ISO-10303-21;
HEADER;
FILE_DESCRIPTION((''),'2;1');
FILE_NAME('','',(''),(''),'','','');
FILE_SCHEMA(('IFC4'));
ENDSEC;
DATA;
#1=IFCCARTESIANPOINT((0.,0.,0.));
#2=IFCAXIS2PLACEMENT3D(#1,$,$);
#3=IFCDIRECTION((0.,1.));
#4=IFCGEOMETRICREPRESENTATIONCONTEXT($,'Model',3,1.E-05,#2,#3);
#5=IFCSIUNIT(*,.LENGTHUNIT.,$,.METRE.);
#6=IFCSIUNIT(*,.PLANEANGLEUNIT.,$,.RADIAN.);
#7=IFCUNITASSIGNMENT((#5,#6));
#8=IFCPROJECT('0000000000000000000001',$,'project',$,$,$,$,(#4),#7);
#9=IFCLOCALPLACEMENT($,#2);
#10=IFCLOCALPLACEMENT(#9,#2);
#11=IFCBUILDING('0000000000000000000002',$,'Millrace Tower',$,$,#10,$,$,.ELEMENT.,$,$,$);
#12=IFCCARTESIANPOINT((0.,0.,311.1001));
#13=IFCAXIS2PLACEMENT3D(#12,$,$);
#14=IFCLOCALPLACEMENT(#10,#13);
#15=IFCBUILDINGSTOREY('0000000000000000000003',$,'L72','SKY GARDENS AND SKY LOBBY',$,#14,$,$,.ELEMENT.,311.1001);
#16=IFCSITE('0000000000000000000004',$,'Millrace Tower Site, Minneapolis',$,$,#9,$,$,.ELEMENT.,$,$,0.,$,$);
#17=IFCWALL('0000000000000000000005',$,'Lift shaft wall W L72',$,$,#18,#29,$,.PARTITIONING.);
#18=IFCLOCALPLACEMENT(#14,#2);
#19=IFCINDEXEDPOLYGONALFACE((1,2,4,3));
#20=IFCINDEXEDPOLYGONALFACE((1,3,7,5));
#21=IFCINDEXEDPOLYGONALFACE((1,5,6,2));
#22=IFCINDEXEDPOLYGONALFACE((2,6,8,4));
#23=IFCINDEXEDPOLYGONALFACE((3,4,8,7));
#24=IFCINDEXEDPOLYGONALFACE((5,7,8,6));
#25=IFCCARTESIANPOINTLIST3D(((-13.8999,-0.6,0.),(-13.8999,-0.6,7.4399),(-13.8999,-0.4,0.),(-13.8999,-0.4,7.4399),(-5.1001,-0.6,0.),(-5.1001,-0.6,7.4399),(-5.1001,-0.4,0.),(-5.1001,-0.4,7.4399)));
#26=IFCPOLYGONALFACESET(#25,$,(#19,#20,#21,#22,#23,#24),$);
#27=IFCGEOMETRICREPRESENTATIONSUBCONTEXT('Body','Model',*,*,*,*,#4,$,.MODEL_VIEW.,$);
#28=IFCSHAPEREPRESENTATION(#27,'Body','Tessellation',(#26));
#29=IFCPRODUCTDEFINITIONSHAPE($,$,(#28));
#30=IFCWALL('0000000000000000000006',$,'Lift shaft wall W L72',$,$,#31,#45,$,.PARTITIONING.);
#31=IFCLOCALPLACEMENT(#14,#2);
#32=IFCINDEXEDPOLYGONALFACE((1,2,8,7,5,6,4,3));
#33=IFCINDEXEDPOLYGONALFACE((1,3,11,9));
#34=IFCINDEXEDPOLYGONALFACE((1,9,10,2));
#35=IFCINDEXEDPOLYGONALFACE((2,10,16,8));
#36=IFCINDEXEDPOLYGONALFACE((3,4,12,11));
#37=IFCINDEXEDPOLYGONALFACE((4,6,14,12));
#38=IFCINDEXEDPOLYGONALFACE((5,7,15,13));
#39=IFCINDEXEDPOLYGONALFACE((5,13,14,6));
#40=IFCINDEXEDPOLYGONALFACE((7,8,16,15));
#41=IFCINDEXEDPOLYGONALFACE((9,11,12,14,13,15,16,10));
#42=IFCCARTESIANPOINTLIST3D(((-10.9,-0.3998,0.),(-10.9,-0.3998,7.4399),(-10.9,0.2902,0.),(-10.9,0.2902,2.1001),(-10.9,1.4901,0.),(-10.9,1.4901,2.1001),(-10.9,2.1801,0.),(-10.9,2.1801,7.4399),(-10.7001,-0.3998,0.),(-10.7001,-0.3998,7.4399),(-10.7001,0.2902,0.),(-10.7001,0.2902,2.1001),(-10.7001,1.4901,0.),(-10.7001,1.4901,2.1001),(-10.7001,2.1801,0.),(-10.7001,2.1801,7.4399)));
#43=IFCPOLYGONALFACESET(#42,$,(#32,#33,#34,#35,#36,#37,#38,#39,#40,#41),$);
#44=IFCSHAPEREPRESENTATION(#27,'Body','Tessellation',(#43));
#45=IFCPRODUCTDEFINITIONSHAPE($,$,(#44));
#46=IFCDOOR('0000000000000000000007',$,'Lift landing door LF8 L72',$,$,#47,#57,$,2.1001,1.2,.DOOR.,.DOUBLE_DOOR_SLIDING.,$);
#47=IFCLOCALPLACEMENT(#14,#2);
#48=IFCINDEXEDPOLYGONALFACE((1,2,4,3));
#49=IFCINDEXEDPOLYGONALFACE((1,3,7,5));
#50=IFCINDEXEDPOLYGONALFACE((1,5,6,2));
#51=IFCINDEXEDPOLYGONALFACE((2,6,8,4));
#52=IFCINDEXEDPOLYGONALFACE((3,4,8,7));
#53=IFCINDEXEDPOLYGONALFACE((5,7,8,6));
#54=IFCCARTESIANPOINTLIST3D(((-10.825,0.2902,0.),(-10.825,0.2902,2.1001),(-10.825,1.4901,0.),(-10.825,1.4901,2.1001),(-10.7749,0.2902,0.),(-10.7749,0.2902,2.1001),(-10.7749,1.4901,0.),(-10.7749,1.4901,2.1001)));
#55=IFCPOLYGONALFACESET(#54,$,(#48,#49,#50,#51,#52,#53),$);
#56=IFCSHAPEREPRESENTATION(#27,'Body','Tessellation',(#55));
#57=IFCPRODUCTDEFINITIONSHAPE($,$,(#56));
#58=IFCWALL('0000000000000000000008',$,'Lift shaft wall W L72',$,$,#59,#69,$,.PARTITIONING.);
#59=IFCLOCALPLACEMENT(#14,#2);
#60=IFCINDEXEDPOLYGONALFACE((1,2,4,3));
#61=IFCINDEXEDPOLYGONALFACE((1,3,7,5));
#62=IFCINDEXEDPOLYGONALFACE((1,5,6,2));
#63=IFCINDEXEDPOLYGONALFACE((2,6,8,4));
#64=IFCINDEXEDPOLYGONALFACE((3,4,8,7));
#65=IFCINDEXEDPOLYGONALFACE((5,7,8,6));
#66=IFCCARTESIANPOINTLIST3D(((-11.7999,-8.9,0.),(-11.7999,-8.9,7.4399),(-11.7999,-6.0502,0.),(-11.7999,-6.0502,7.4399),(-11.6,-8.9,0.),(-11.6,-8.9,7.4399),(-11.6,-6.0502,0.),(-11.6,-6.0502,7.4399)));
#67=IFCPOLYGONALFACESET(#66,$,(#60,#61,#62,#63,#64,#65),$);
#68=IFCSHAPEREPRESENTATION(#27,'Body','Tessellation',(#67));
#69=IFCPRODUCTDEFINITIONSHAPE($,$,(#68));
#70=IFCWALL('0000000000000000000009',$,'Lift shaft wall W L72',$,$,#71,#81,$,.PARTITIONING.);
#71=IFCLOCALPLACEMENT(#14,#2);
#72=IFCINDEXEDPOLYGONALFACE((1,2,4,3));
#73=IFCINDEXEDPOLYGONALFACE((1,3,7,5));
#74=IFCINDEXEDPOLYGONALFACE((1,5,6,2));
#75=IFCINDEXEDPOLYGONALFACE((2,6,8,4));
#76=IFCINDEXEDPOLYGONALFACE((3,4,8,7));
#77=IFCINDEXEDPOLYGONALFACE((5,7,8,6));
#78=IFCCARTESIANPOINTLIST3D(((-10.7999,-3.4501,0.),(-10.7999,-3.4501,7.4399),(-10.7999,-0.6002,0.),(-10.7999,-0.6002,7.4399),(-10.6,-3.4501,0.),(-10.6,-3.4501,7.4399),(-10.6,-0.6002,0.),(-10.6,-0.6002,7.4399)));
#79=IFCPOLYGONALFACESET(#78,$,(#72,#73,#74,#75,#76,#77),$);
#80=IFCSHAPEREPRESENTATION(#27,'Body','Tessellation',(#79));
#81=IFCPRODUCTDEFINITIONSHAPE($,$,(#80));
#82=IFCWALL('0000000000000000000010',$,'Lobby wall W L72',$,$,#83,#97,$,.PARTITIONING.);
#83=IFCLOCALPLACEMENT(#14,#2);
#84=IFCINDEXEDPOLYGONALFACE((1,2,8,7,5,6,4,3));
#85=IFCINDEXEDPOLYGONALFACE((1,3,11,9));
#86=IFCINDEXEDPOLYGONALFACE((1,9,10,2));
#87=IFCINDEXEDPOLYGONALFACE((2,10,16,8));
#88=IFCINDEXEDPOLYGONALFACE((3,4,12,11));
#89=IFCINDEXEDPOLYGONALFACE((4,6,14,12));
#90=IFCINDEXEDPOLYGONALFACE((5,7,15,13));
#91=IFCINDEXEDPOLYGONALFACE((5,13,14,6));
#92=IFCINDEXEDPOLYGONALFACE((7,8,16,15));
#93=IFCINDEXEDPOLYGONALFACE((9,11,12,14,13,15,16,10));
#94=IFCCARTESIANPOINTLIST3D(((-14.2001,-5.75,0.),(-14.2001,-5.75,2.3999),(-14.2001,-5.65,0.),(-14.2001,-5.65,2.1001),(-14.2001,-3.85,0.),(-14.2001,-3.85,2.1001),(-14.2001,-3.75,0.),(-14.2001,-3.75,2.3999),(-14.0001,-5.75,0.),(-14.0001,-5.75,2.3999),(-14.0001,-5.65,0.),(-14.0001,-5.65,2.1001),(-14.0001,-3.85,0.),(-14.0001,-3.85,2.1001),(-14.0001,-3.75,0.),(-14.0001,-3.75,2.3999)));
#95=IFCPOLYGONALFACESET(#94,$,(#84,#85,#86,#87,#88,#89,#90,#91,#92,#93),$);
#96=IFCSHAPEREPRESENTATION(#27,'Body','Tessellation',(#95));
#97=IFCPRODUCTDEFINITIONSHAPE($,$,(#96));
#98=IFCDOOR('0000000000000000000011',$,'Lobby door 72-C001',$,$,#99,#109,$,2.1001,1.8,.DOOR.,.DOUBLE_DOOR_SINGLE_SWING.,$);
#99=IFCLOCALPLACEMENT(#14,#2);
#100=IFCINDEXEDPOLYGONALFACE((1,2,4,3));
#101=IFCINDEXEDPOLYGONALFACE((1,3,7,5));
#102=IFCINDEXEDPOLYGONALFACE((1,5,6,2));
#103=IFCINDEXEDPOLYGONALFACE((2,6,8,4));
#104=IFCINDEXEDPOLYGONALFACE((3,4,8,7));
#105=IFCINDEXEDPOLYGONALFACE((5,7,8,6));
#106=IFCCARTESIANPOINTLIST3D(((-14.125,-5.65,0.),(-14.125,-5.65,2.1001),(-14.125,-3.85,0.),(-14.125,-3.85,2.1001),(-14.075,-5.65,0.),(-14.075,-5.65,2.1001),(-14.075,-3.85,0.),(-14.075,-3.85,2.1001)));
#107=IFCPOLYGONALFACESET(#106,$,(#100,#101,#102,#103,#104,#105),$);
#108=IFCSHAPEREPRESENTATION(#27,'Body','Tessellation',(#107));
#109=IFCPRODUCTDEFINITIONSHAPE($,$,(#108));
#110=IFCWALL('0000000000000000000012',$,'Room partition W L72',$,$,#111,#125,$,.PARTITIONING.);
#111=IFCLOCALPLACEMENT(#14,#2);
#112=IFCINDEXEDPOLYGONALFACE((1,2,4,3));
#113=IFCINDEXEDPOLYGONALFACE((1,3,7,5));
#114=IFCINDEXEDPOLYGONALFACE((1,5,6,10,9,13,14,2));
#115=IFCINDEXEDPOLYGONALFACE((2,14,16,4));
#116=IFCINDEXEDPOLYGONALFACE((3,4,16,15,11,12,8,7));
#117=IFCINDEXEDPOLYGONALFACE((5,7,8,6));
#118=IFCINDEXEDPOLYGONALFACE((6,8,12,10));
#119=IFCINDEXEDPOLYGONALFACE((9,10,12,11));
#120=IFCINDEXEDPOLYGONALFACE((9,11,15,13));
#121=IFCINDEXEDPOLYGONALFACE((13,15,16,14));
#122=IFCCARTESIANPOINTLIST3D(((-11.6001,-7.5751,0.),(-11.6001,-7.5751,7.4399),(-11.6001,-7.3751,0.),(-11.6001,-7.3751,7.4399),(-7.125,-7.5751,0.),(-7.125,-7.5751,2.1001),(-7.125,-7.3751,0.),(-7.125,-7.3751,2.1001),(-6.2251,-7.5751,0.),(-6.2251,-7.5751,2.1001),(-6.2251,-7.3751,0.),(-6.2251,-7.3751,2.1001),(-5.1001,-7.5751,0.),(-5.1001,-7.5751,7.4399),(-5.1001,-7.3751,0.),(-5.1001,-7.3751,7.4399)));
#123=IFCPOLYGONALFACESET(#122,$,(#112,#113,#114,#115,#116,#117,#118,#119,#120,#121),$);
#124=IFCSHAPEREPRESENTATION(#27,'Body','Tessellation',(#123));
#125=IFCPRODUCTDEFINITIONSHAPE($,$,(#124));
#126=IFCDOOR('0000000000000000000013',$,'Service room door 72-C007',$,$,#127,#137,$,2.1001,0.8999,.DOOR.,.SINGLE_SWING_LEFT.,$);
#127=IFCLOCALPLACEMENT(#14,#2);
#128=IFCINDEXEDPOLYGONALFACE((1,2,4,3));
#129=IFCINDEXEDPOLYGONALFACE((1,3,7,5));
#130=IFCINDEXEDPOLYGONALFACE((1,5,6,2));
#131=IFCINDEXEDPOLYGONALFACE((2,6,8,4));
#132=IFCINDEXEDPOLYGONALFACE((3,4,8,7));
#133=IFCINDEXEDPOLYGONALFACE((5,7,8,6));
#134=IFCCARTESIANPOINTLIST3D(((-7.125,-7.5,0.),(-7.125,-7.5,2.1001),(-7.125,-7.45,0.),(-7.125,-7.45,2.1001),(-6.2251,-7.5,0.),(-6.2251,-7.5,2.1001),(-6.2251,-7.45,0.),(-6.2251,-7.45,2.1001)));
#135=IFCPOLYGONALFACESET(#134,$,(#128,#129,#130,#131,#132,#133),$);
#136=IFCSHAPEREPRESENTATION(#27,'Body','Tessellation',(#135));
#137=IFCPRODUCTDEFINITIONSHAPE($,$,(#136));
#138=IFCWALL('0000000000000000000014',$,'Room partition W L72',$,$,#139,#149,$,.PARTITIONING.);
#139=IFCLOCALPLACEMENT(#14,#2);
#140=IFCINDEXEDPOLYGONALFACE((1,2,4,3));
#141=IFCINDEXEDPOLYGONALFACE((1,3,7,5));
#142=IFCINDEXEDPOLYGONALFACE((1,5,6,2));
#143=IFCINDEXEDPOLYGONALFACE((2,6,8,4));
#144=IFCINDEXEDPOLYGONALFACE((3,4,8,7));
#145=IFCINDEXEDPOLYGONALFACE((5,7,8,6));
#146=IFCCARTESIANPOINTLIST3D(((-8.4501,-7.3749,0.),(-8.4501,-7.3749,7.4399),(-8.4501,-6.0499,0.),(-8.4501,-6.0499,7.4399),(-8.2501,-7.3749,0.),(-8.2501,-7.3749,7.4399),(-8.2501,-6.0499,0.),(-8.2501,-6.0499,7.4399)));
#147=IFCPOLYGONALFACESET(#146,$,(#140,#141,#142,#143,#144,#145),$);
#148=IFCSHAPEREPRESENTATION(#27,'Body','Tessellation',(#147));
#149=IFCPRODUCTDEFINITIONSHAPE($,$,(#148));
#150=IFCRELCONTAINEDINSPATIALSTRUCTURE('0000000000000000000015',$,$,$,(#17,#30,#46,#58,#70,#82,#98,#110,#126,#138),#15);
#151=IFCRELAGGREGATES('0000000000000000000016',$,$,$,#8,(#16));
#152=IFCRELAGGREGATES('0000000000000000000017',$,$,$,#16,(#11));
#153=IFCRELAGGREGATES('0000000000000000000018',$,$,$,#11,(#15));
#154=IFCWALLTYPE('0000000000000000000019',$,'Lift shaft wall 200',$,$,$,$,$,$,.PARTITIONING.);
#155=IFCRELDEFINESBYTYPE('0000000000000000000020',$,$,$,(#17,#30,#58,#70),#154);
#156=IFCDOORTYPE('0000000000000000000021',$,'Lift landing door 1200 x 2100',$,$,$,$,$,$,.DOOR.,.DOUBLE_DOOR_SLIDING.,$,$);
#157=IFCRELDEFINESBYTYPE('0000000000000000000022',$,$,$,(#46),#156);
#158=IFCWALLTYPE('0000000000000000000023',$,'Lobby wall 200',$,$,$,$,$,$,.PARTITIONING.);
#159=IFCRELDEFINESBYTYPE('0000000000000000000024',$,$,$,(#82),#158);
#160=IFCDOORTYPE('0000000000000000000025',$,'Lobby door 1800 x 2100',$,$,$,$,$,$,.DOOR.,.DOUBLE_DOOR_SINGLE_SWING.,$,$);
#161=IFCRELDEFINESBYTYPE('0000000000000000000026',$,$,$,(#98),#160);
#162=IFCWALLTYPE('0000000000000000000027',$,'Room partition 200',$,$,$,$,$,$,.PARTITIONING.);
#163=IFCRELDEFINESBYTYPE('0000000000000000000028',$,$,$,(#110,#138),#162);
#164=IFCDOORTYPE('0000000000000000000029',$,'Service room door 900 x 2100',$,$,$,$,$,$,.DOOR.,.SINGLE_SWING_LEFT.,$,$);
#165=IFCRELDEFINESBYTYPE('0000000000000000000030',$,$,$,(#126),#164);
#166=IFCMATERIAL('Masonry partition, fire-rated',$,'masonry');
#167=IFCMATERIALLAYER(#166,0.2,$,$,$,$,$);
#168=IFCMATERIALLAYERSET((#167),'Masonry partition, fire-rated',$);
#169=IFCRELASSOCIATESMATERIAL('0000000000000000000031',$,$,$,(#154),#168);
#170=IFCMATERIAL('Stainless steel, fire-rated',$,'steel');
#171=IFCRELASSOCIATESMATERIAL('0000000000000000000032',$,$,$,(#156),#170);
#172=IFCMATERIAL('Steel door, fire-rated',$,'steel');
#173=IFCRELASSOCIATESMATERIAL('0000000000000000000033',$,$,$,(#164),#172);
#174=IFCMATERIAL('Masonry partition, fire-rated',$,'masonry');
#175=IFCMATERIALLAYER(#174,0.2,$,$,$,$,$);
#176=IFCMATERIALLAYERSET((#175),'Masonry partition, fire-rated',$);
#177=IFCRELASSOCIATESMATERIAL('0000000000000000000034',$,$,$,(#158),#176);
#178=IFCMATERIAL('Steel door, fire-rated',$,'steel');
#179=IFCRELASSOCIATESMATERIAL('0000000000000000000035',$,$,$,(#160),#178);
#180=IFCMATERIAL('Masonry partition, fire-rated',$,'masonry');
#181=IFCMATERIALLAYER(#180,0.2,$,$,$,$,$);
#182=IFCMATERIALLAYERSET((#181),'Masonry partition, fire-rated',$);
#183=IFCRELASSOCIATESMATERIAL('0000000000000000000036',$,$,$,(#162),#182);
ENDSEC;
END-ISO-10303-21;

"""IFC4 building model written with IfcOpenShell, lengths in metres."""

from ifc_helpers import new_model, si_unit, direction, frame, frame_2d, origin, place, context, subcontext, project, spatial, rectangle, extrude, material, layer, layer_set, type_object, element, fill, save


model = new_model("IFC4")

# Units and contexts
model_context = context("Model", 3, precision=1e-05, world=origin(), true_north=direction((0.0, 1.0)))
body_context = subcontext(model_context, "Body", "Model", "MODEL_VIEW")
ifc_project = project(units=[si_unit("LENGTHUNIT", "METRE"), si_unit("PLANEANGLEUNIT", "RADIAN")], contexts=[model_context])

# Site, building, storey
site_placement = place(None, origin())
site = spatial("IfcSite", under=ifc_project, at=site_placement, Name="Millrace Tower Site, Minneapolis", CompositionType="ELEMENT", RefElevation=0.0)
building_placement = place(site_placement, origin())
building = spatial("IfcBuilding", under=site, at=building_placement, Name="Millrace Tower", CompositionType="ELEMENT")
storey_placement = place(building_placement, frame((0.0, 0.0, 311.1001)))
storey = spatial("IfcBuildingStorey", under=building, at=storey_placement, Name="L72", Description="SKY GARDENS AND SKY LOBBY", CompositionType="ELEMENT", Elevation=311.1001)

# Shared definitions
ifc_material_1 = material(Name="Masonry partition, fire-rated", Category="masonry")
ifc_layer_1 = layer(ifc_material_1, 0.2)
ifc_layer_set_1 = layer_set([ifc_layer_1], Name="Masonry partition, fire-rated")
wall_type_1 = type_object("IfcWallType", Name="Lift shaft wall 200", PredefinedType="PARTITIONING", material=ifc_layer_set_1)
ifc_material_2 = material(Name="Stainless steel, fire-rated", Category="steel")
door_type_1 = type_object("IfcDoorType", Name="Lift landing door 1200 x 2100", OperationType="DOUBLE_DOOR_SLIDING", PredefinedType="DOOR", material=ifc_material_2)
ifc_material_3 = material(Name="Steel door, fire-rated", Category="steel")
door_type_2 = type_object("IfcDoorType", Name="Service room door 900 x 2100", OperationType="SINGLE_SWING_LEFT", PredefinedType="DOOR", material=ifc_material_3)

# Wall
wall_1_placement = place(storey_placement, frame((-13.8999, -0.5, 0.0), z_axis=(0.0, 0.0, 1.0), x_axis=(1.0, 0.0, 0.0)))
element("IfcWall", 1, at=wall_1_placement, inside=storey, type_object=wall_type_1, Name="Lift shaft wall W L72", PredefinedType="PARTITIONING", context=body_context, shape_type="SweptSolid", body=[
    extrude(rectangle(XDim=8.7998, YDim=0.2, at=frame_2d((4.3999, 0.0))), origin(), (0.0, 0.0, 1.0), 7.4399),
])

# Wall, opening, door
wall_2_placement = place(storey_placement, frame((-10.8, -0.3999, 0.0), z_axis=(0.0, 0.0, 1.0), x_axis=(0.0, 1.0, 0.0)))
wall_2 = element("IfcWall", 2, at=wall_2_placement, inside=storey, type_object=wall_type_1, Name="Lift shaft wall W L72", PredefinedType="PARTITIONING", context=body_context, shape_type="SweptSolid", body=[
    extrude(rectangle(XDim=2.5798, YDim=0.2, at=frame_2d((1.29, 0.0))), origin(), (0.0, 0.0, 1.0), 7.4399),
])
opening_1_placement = place(wall_2_placement, frame((0.6899, 0.0, 0.0)))
opening_1 = element("IfcOpeningElement", 3, at=opening_1_placement, cuts=wall_2, PredefinedType="OPENING", context=body_context, shape_type="SweptSolid", body=[
    extrude(rectangle(XDim=1.2, YDim=2.1001, at=frame_2d((0.6001, 1.05))), frame((0.0, 0.1099, 0.0), z_axis=(0.0, -1.0, 0.0), x_axis=(1.0, 0.0, 0.0)), (0.0, 0.0, 1.0), 0.22),
])
door_1_placement = place(opening_1_placement, origin())
door_1 = element("IfcDoor", 4, at=door_1_placement, inside=storey, type_object=door_type_1, Name="Lift landing door LF8 L72", OperationType="DOUBLE_DOOR_SLIDING", OverallHeight=2.1001, OverallWidth=1.2, PredefinedType="DOOR", context=body_context, shape_type="SweptSolid", body=[
    extrude(rectangle(XDim=1.2, YDim=2.1001, at=frame_2d((0.6001, 1.05))), frame((0.0, 0.0249, 0.0), z_axis=(0.0, -1.0, 0.0), x_axis=(1.0, 0.0, 0.0)), (0.0, 0.0, 1.0), 0.05),
])
fill(opening_1, door_1)

# Walls
for number, where, z_axis, x_axis, name in (
    (5, (-11.7, -8.8999, 0.0), (0.0, 0.0, 1.0), (0.0, 1.0, 0.0), "Lift shaft wall W L72"),
    (6, (-10.7, -3.45, 0.0), (0.0, 0.0, 1.0), (0.0, 1.0, 0.0), "Lift shaft wall W L72"),
):
    element("IfcWall", number, at=place(storey_placement, frame(where, z_axis=z_axis, x_axis=x_axis)), inside=storey, type_object=wall_type_1, Name=name, PredefinedType="PARTITIONING", context=body_context, shape_type="SweptSolid", body=[
        extrude(rectangle(XDim=2.8499, YDim=0.2, at=frame_2d((1.4248, 0.0))), origin(), (0.0, 0.0, 1.0), 7.4399),
    ])

# Walls, openings, doors
ifc_material_4 = material(Name="Masonry partition, fire-rated", Category="masonry")
ifc_layer_2 = layer(ifc_material_4, 0.2)
ifc_layer_set_2 = layer_set([ifc_layer_2], Name="Masonry partition, fire-rated")
wall_type_2 = type_object("IfcWallType", Name="Lobby wall 200", PredefinedType="PARTITIONING", material=ifc_layer_set_2)
wall_3_placement = place(storey_placement, frame((-14.1001, -5.75, 0.0), z_axis=(0.0, 0.0, 1.0), x_axis=(0.0, 1.0, 0.0)))
wall_3 = element("IfcWall", 7, at=wall_3_placement, inside=storey, type_object=wall_type_2, Name="Lobby wall W L72", PredefinedType="PARTITIONING", context=body_context, shape_type="SweptSolid", body=[
    extrude(rectangle(XDim=2.0, YDim=0.2, at=frame_2d((1.0, 0.0))), origin(), (0.0, 0.0, 1.0), 2.3999),
])
opening_2_placement = place(wall_3_placement, frame((0.1001, 0.0, 0.0)))
opening_2 = element("IfcOpeningElement", 8, at=opening_2_placement, cuts=wall_3, PredefinedType="OPENING", context=body_context, shape_type="SweptSolid", body=[
    extrude(rectangle(XDim=1.8, YDim=2.1001, at=frame_2d((0.8999, 1.05))), frame((0.0, 0.1099, 0.0), z_axis=(0.0, -1.0, 0.0), x_axis=(1.0, 0.0, 0.0)), (0.0, 0.0, 1.0), 0.22),
])
ifc_material_5 = material(Name="Steel door, fire-rated", Category="steel")
door_type_3 = type_object("IfcDoorType", Name="Lobby door 1800 x 2100", OperationType="DOUBLE_DOOR_SINGLE_SWING", PredefinedType="DOOR", material=ifc_material_5)
door_2_placement = place(opening_2_placement, origin())
door_2 = element("IfcDoor", 9, at=door_2_placement, inside=storey, type_object=door_type_3, Name="Lobby door 72-C001", OperationType="DOUBLE_DOOR_SINGLE_SWING", OverallHeight=2.1001, OverallWidth=1.8, PredefinedType="DOOR", context=body_context, shape_type="SweptSolid", body=[
    extrude(rectangle(XDim=1.8, YDim=2.1001, at=frame_2d((0.8999, 1.05))), frame((0.0, 0.0249, 0.0), z_axis=(0.0, -1.0, 0.0), x_axis=(1.0, 0.0, 0.0)), (0.0, 0.0, 1.0), 0.05),
])
fill(opening_2, door_2)
ifc_material_6 = material(Name="Masonry partition, fire-rated", Category="masonry")
ifc_layer_3 = layer(ifc_material_6, 0.2)
ifc_layer_set_3 = layer_set([ifc_layer_3], Name="Masonry partition, fire-rated")
wall_type_3 = type_object("IfcWallType", Name="Room partition 200", PredefinedType="PARTITIONING", material=ifc_layer_set_3)
wall_4_placement = place(storey_placement, frame((-11.6001, -7.4751, 0.0), z_axis=(0.0, 0.0, 1.0), x_axis=(1.0, 0.0, 0.0)))
wall_4 = element("IfcWall", 10, at=wall_4_placement, inside=storey, type_object=wall_type_3, Name="Room partition W L72", PredefinedType="PARTITIONING", context=body_context, shape_type="SweptSolid", body=[
    extrude(rectangle(XDim=6.5, YDim=0.2, at=frame_2d((3.25, 0.0))), origin(), (0.0, 0.0, 1.0), 7.4399),
])
opening_3_placement = place(wall_4_placement, frame((4.4751, 0.0, 0.0)))
opening_3 = element("IfcOpeningElement", 11, at=opening_3_placement, cuts=wall_4, PredefinedType="OPENING", context=body_context, shape_type="SweptSolid", body=[
    extrude(rectangle(XDim=0.8999, YDim=2.1001, at=frame_2d((0.45, 1.05))), frame((0.0, 0.1099, 0.0), z_axis=(0.0, -1.0, 0.0), x_axis=(1.0, 0.0, 0.0)), (0.0, 0.0, 1.0), 0.22),
])
door_3_placement = place(opening_3_placement, frame((0.8999, 0.0, 0.0), z_axis=(0.0, 0.0, 1.0), x_axis=(-1.0, 0.0, 0.0)))
door_3 = element("IfcDoor", 12, at=door_3_placement, inside=storey, type_object=door_type_2, Name="Service room door 72-C007", OperationType="SINGLE_SWING_LEFT", OverallHeight=2.1001, OverallWidth=0.8999, PredefinedType="DOOR", context=body_context, shape_type="SweptSolid", body=[
    extrude(rectangle(XDim=0.8999, YDim=2.1001, at=frame_2d((0.45, 1.05))), frame((0.0, 0.0249, 0.0), z_axis=(0.0, -1.0, 0.0), x_axis=(1.0, 0.0, 0.0)), (0.0, 0.0, 1.0), 0.05),
])
fill(opening_3, door_3)

# Wall
wall_5_placement = place(storey_placement, frame((-8.3501, -7.375, 0.0), z_axis=(0.0, 0.0, 1.0), x_axis=(0.0, 1.0, 0.0)))
element("IfcWall", 13, at=wall_5_placement, inside=storey, type_object=wall_type_3, Name="Room partition W L72", PredefinedType="PARTITIONING", context=body_context, shape_type="SweptSolid", body=[
    extrude(rectangle(XDim=1.325, YDim=0.2, at=frame_2d((0.6626, 0.0))), origin(), (0.0, 0.0, 1.0), 7.4399),
])

save(model, "model.ifc")
